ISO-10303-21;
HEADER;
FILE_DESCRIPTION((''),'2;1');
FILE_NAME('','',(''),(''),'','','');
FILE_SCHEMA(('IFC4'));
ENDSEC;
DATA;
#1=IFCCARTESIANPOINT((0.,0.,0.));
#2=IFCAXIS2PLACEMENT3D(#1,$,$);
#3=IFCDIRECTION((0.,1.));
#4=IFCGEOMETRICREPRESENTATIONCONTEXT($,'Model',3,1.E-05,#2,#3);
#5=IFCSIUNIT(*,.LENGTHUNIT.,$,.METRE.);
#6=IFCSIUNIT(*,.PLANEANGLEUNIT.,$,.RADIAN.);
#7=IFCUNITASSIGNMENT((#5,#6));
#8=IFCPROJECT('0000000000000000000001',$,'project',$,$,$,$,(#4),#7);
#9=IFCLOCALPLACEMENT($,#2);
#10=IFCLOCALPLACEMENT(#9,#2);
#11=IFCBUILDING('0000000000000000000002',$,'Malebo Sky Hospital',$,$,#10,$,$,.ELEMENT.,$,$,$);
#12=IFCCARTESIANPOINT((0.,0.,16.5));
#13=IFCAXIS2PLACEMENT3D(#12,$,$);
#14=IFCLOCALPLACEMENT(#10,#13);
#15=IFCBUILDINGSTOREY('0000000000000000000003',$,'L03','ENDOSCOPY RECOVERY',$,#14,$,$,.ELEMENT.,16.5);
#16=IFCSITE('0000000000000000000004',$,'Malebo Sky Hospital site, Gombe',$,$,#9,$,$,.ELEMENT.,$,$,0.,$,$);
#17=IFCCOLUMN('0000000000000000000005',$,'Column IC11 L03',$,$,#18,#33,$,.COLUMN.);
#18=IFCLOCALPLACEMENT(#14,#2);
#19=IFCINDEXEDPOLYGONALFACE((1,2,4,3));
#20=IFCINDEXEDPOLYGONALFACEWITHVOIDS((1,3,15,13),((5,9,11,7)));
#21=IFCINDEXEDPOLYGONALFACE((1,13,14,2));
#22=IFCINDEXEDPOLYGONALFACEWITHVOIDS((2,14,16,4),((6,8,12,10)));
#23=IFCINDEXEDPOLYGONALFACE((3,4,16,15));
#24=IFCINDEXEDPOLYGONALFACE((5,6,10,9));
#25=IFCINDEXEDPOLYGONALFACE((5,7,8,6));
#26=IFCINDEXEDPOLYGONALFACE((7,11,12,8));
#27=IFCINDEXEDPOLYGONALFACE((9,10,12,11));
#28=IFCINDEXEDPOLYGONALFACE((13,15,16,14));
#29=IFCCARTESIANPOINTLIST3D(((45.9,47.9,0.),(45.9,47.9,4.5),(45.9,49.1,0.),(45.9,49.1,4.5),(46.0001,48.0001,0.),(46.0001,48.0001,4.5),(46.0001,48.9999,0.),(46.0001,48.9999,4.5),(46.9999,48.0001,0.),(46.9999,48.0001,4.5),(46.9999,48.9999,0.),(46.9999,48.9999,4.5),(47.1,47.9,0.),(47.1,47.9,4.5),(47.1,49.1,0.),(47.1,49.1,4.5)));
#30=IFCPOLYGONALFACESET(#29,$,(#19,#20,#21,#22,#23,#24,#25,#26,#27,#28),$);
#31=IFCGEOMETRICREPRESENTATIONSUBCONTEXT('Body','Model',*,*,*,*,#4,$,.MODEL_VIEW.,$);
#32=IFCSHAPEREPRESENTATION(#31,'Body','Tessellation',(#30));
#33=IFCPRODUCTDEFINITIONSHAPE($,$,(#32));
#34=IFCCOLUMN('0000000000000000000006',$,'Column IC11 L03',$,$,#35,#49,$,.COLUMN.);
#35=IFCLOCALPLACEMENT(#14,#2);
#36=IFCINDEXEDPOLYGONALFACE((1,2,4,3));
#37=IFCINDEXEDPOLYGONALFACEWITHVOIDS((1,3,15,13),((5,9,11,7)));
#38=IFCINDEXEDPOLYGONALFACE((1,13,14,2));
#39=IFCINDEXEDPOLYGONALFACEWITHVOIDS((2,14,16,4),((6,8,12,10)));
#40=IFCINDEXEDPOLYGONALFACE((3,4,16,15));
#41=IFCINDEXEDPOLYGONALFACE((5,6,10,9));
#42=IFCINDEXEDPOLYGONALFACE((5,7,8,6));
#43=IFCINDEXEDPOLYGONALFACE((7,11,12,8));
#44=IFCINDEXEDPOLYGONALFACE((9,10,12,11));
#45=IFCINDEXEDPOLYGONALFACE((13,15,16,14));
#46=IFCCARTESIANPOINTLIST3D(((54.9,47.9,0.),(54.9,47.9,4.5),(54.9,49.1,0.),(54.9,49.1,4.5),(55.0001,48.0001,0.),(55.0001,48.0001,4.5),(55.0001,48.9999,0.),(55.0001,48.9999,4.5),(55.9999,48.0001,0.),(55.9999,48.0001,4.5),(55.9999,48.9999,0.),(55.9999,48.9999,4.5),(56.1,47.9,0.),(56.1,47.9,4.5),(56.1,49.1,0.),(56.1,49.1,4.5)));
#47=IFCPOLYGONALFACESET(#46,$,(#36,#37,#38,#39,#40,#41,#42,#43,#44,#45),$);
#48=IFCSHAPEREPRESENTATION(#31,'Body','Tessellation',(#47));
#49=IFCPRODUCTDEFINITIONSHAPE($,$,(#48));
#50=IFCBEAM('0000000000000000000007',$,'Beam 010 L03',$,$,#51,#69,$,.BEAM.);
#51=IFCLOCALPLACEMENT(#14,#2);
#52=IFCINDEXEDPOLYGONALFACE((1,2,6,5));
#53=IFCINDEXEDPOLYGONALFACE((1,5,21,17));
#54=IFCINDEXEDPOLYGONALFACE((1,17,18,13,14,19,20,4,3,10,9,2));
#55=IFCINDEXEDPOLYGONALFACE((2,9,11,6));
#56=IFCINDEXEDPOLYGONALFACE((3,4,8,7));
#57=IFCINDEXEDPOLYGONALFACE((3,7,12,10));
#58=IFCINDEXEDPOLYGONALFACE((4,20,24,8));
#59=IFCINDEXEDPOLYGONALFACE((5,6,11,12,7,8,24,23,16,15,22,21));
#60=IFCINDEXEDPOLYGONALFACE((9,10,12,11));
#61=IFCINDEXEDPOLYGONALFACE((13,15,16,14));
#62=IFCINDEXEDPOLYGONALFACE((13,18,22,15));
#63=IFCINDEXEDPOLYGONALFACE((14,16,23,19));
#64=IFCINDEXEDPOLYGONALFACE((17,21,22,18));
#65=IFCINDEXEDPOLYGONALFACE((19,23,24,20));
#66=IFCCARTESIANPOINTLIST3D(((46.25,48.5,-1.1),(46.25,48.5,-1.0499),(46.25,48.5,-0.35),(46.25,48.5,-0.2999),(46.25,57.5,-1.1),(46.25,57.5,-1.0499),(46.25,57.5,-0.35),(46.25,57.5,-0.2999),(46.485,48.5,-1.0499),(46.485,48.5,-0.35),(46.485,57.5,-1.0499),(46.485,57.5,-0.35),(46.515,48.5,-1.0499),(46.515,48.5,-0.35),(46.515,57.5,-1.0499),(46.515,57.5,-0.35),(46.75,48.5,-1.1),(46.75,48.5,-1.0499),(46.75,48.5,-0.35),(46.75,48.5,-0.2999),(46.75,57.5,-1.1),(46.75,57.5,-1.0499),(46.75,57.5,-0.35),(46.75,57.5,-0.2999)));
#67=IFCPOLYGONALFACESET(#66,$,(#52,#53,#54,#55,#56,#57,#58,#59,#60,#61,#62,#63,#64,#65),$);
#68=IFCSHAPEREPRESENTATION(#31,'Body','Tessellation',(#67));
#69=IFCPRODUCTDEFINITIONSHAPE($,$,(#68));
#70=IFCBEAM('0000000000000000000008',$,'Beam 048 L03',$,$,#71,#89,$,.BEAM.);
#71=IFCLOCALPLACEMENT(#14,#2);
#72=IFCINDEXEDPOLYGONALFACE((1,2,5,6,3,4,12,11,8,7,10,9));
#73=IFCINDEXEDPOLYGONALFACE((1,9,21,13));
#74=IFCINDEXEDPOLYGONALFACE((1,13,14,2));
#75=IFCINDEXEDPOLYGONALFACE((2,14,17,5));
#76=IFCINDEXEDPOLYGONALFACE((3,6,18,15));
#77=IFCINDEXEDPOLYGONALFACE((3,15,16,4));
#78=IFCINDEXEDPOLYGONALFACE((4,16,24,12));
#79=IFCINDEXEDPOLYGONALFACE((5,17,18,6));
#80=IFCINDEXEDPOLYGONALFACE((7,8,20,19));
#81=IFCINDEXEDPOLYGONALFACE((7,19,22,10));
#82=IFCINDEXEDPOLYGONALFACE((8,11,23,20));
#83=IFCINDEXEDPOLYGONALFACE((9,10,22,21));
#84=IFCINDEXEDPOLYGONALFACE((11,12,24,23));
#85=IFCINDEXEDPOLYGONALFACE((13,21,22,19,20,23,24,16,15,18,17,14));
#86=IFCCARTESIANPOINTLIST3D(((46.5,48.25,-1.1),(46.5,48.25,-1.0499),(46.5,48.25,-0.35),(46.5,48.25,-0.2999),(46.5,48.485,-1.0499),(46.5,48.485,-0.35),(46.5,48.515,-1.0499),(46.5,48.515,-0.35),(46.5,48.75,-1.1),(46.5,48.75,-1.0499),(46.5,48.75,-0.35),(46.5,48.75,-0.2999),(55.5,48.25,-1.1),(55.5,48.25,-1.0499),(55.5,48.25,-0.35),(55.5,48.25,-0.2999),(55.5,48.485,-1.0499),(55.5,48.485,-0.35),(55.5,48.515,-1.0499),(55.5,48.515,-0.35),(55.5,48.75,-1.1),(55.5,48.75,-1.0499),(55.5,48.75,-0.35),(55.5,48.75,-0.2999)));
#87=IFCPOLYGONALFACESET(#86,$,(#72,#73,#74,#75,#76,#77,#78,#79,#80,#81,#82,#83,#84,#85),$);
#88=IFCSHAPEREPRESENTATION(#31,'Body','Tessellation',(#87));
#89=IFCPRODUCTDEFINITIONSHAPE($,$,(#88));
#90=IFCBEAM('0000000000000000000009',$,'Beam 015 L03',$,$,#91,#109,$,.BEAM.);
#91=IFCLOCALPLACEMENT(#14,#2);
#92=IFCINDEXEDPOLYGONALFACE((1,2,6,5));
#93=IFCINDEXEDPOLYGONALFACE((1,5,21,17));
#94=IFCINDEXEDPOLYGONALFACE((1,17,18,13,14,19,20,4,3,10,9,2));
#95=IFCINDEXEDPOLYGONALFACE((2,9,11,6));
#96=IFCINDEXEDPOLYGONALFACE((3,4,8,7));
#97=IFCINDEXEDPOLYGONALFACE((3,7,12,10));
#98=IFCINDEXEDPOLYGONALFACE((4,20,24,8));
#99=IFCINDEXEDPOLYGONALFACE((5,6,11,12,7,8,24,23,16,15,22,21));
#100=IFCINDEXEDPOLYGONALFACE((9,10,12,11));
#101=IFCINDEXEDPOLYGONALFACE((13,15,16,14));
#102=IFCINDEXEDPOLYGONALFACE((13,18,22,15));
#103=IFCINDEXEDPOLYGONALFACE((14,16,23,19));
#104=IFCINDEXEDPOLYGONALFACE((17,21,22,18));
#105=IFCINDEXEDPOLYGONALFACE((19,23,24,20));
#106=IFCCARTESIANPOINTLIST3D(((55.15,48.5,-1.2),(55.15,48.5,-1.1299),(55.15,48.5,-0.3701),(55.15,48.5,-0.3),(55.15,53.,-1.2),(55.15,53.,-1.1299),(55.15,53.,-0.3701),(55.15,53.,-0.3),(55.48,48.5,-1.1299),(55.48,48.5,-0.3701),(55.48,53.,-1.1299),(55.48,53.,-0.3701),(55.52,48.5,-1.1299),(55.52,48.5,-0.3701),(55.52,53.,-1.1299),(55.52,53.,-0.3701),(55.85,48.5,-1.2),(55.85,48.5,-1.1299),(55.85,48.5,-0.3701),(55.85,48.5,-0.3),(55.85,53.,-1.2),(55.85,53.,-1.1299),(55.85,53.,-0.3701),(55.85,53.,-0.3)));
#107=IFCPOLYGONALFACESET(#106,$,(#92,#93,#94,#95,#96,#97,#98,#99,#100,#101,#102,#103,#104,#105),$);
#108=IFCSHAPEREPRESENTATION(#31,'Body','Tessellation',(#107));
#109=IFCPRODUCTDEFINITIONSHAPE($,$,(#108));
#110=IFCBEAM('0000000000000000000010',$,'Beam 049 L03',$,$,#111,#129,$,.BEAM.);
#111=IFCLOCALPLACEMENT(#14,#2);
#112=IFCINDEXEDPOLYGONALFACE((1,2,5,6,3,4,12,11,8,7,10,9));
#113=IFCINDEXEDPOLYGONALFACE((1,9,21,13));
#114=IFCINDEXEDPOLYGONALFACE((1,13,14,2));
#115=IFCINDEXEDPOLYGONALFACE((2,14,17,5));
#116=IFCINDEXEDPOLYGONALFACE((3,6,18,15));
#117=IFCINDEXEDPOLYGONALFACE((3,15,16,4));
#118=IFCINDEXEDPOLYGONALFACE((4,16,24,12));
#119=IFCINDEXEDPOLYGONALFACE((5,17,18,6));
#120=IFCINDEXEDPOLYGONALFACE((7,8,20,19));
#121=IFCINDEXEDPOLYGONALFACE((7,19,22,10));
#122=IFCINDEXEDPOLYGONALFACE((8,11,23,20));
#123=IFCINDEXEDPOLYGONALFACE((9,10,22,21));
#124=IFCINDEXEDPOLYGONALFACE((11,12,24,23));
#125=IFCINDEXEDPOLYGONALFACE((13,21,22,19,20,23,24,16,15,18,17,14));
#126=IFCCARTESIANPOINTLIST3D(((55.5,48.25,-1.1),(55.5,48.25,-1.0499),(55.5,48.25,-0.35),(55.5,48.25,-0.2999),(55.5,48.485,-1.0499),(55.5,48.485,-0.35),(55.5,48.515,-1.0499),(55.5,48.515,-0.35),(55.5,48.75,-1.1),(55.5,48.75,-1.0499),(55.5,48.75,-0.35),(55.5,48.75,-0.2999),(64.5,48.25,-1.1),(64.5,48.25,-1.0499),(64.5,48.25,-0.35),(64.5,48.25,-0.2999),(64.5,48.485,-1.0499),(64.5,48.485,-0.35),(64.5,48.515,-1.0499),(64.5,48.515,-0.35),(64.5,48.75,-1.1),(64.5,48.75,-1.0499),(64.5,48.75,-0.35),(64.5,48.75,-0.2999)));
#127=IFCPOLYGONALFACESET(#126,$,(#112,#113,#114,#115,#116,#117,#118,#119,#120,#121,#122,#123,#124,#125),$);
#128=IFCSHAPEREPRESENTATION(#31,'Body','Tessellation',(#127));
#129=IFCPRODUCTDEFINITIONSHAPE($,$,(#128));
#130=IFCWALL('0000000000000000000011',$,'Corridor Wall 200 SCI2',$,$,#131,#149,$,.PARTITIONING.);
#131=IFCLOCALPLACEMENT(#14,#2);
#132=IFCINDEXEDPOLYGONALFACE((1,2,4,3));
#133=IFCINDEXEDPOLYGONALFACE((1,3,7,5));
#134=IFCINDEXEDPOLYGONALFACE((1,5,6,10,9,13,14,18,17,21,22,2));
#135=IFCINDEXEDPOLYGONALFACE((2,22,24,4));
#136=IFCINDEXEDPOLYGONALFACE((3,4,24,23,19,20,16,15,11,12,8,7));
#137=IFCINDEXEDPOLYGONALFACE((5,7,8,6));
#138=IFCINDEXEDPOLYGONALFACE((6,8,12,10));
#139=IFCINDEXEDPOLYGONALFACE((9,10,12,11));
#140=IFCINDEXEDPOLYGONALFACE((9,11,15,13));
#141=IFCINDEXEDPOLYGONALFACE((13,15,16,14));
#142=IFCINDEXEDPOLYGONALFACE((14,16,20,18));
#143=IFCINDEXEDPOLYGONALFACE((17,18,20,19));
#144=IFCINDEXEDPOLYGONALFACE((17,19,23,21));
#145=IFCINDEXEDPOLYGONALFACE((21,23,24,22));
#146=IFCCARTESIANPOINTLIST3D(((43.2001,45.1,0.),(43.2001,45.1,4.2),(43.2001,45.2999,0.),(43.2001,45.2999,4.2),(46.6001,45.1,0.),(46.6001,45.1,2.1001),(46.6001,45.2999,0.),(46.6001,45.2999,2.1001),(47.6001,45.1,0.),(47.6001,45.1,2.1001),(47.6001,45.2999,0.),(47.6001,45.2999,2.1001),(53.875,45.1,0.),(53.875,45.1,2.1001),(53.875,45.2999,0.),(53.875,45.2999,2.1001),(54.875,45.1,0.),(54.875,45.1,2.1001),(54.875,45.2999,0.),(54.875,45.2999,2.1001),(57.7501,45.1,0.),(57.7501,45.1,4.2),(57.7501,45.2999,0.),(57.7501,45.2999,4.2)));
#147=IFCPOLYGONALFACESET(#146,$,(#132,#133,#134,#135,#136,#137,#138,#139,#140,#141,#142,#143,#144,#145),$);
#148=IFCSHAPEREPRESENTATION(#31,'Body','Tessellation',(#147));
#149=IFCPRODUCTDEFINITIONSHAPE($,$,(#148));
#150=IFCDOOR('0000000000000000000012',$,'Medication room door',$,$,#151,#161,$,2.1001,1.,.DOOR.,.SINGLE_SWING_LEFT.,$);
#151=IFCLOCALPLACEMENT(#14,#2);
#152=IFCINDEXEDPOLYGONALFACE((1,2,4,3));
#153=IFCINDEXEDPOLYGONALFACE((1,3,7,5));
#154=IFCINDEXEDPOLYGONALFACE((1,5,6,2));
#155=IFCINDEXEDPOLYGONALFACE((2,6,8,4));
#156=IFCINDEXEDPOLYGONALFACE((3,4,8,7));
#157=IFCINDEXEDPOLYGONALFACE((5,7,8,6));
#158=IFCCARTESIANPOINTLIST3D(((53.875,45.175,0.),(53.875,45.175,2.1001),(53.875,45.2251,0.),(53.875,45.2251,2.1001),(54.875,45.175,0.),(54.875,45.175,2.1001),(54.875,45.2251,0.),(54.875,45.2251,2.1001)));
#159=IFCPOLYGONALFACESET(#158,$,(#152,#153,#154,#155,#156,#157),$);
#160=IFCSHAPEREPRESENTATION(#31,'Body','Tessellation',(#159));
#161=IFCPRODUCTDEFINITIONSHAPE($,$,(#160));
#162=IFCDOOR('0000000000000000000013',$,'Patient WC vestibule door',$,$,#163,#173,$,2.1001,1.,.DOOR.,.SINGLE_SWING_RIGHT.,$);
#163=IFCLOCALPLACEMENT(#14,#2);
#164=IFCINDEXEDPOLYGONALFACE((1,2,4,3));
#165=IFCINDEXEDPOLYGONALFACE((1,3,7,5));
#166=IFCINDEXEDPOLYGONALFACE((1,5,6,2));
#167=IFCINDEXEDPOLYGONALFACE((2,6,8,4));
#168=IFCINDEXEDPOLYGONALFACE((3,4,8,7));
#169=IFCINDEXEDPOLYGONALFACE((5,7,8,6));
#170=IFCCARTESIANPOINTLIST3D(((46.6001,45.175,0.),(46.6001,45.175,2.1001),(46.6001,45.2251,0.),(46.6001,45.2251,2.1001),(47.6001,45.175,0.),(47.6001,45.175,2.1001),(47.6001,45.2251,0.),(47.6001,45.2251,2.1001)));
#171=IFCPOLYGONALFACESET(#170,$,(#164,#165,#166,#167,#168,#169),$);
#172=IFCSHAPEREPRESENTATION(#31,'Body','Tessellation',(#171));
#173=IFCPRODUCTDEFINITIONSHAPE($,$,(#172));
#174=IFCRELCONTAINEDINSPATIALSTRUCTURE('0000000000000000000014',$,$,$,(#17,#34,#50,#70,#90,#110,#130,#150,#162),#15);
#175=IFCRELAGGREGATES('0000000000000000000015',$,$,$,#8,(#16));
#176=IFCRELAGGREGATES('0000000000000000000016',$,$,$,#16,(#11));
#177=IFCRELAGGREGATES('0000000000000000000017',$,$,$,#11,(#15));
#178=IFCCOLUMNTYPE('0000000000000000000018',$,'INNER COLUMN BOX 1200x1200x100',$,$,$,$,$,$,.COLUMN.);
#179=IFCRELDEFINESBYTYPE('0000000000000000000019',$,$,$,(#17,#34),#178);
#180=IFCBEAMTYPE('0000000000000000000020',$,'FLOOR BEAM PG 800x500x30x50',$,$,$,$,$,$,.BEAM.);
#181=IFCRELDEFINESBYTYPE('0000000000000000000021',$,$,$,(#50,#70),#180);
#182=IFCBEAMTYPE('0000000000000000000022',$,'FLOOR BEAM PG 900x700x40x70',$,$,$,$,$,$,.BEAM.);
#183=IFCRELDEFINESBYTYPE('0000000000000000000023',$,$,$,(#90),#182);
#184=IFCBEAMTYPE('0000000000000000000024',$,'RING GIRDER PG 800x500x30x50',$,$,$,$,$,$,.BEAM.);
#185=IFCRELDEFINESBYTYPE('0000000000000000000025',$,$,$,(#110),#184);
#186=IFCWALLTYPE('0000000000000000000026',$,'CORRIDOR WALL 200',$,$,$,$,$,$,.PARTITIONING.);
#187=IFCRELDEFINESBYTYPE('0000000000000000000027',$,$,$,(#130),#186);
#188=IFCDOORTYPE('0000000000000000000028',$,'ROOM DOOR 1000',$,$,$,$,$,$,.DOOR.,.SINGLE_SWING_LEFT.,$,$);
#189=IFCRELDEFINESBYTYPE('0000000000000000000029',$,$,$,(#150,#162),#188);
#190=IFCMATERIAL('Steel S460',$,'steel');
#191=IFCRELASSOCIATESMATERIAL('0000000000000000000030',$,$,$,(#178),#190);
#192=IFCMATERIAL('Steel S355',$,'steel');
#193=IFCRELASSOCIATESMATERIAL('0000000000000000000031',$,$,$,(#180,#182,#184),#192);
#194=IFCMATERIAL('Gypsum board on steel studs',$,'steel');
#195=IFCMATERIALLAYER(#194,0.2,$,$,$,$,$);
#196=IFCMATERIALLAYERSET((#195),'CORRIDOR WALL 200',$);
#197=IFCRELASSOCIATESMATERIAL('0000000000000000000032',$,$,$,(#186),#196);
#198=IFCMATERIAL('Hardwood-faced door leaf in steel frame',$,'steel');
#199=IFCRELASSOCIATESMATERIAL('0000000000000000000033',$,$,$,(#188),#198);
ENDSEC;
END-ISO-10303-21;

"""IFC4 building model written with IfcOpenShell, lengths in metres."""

from ifc_helpers import new_model, si_unit, direction, frame, frame_2d, origin, origin_2d, place, context, subcontext, project, spatial, rectangle, hollow_rectangle, i_section, extrude, material, layer, layer_set, material_profile, profile_set, type_object, element, fill, save


model = new_model("IFC4")

# Units and contexts
model_context = context("Model", 3, precision=1e-05, world=origin(), true_north=direction((0.0, 1.0)))
body_context = subcontext(model_context, "Body", "Model", "MODEL_VIEW")
ifc_project = project(units=[si_unit("LENGTHUNIT", "METRE"), si_unit("PLANEANGLEUNIT", "RADIAN")], contexts=[model_context])

# Site, building, storey
site_placement = place(None, origin())
site = spatial("IfcSite", under=ifc_project, at=site_placement, Name="Malebo Sky Hospital site, Gombe", CompositionType="ELEMENT", RefElevation=0.0)
building_placement = place(site_placement, origin())
building = spatial("IfcBuilding", under=site, at=building_placement, Name="Malebo Sky Hospital", CompositionType="ELEMENT")
storey_placement = place(building_placement, frame((0.0, 0.0, 16.5)))
storey = spatial("IfcBuildingStorey", under=building, at=storey_placement, Name="L03", Description="ENDOSCOPY RECOVERY", CompositionType="ELEMENT", Elevation=16.5)

# Columns
ifc_material_1 = material(Name="Steel S460", Category="steel")
ifc_material_profile_1 = material_profile(ifc_material_1, hollow_rectangle(XDim=1.2, YDim=1.2, WallThickness=0.1001, at=origin_2d()), Name="BOX 1200x1200x100")
ifc_profile_set_1 = profile_set([ifc_material_profile_1], Name="Steel S460")
column_type = type_object("IfcColumnType", Name="INNER COLUMN BOX 1200x1200x100", PredefinedType="COLUMN", material=ifc_profile_set_1)
for number, where, z_axis, x_axis, name in (
    (1, (46.5, 48.5, 0.0), (0.0, 0.0, 1.0), (1.0, 0.0, 0.0), "Column IC11 L03"),
    (2, (55.5, 48.5, 0.0), (0.0, 0.0, 1.0), (1.0, 0.0, 0.0), "Column IC11 L03"),
):
    element("IfcColumn", number, at=place(storey_placement, frame(where, z_axis=z_axis, x_axis=x_axis)), inside=storey, type_object=column_type, Name=name, PredefinedType="COLUMN", context=body_context, shape_type="SweptSolid", body=[
        extrude(hollow_rectangle(XDim=1.2, YDim=1.2, WallThickness=0.1001, at=origin_2d()), origin(), (0.0, 0.0, 1.0), 4.5),
    ])

# Beams
ifc_material_2 = material(Name="Steel S355", Category="steel")
ifc_material_profile_2 = material_profile(ifc_material_2, i_section(OverallWidth=0.5, OverallDepth=0.8, WebThickness=0.03, FlangeThickness=0.05, at=origin_2d()), Name="PG 800x500x30x50")
ifc_profile_set_2 = profile_set([ifc_material_profile_2], Name="Steel S355")
beam_type_1 = type_object("IfcBeamType", Name="FLOOR BEAM PG 800x500x30x50", PredefinedType="BEAM", material=ifc_profile_set_2)
for number, where, z_axis, x_axis, name in (
    (3, (46.5, 48.5, -0.7), (0.0, 1.0, 0.0), (-1.0, 0.0, 0.0), "Beam 010 L03"),
    (4, (46.5, 48.5, -0.7), (1.0, 0.0, 0.0), (0.0, 1.0, 0.0), "Beam 048 L03"),
):
    element("IfcBeam", number, at=place(storey_placement, frame(where, z_axis=z_axis, x_axis=x_axis)), inside=storey, type_object=beam_type_1, Name=name, PredefinedType="BEAM", context=body_context, shape_type="SweptSolid", body=[
        extrude(i_section(OverallWidth=0.5, OverallDepth=0.8, WebThickness=0.03, FlangeThickness=0.05, at=origin_2d()), origin(), (0.0, 0.0, 1.0), 9.0),
    ])
ifc_material_profile_3 = material_profile(ifc_material_2, i_section(OverallWidth=0.7, OverallDepth=0.8999, WebThickness=0.04, FlangeThickness=0.0701, at=origin_2d()), Name="PG 900x700x40x70")
ifc_profile_set_3 = profile_set([ifc_material_profile_3], Name="Steel S355")
beam_type_2 = type_object("IfcBeamType", Name="FLOOR BEAM PG 900x700x40x70", PredefinedType="BEAM", material=ifc_profile_set_3)
beam_1_placement = place(storey_placement, frame((55.5, 48.5, -0.75), z_axis=(0.0, 1.0, 0.0), x_axis=(-1.0, 0.0, 0.0)))
element("IfcBeam", 5, at=beam_1_placement, inside=storey, type_object=beam_type_2, Name="Beam 015 L03", PredefinedType="BEAM", context=body_context, shape_type="SweptSolid", body=[
    extrude(i_section(OverallWidth=0.7, OverallDepth=0.8999, WebThickness=0.04, FlangeThickness=0.0701, at=origin_2d()), origin(), (0.0, 0.0, 1.0), 4.5),
])
ifc_material_profile_4 = material_profile(ifc_material_2, i_section(OverallWidth=0.5, OverallDepth=0.8, WebThickness=0.03, FlangeThickness=0.05, at=origin_2d()), Name="PG 800x500x30x50")
ifc_profile_set_4 = profile_set([ifc_material_profile_4], Name="Steel S355")
beam_type_3 = type_object("IfcBeamType", Name="RING GIRDER PG 800x500x30x50", PredefinedType="BEAM", material=ifc_profile_set_4)
beam_2_placement = place(storey_placement, frame((55.5, 48.5, -0.7), z_axis=(1.0, 0.0, 0.0), x_axis=(0.0, 1.0, 0.0)))
element("IfcBeam", 6, at=beam_2_placement, inside=storey, type_object=beam_type_3, Name="Beam 049 L03", PredefinedType="BEAM", context=body_context, shape_type="SweptSolid", body=[
    extrude(i_section(OverallWidth=0.5, OverallDepth=0.8, WebThickness=0.03, FlangeThickness=0.05, at=origin_2d()), origin(), (0.0, 0.0, 1.0), 9.0),
])

# Wall, openings, doors
ifc_material_3 = material(Name="Gypsum board on steel studs", Category="steel")
ifc_layer_1 = layer(ifc_material_3, 0.2)
ifc_layer_set_1 = layer_set([ifc_layer_1], Name="CORRIDOR WALL 200")
wall_type_1 = type_object("IfcWallType", Name="CORRIDOR WALL 200", PredefinedType="PARTITIONING", material=ifc_layer_set_1)
wall_1_placement = place(storey_placement, frame((57.75, 45.2, 0.0), z_axis=(0.0, 0.0, 1.0), x_axis=(-1.0, 0.0, 0.0)))
wall_1 = element("IfcWall", 7, at=wall_1_placement, inside=storey, type_object=wall_type_1, Name="Corridor Wall 200 SCI2", PredefinedType="PARTITIONING", context=body_context, shape_type="SweptSolid", body=[
    extrude(rectangle(XDim=14.55, YDim=0.2, at=frame_2d((7.2749, 0.0))), origin(), (0.0, 0.0, 1.0), 4.2),
])
opening_1_placement = place(wall_1_placement, frame((2.875, 0.0, 0.0)))
opening_1 = element("IfcOpeningElement", 8, at=opening_1_placement, cuts=wall_1, PredefinedType="OPENING", context=body_context, shape_type="SweptSolid", body=[
    extrude(rectangle(XDim=1.0, YDim=2.1001, at=frame_2d((0.5, 1.05))), frame((0.0, 0.1099, 0.0), z_axis=(0.0, -1.0, 0.0), x_axis=(1.0, 0.0, 0.0)), (0.0, 0.0, 1.0), 0.22),
])
opening_2_placement = place(wall_1_placement, frame((10.1499, 0.0, 0.0)))
opening_2 = element("IfcOpeningElement", 9, at=opening_2_placement, cuts=wall_1, PredefinedType="OPENING", context=body_context, shape_type="SweptSolid", body=[
    extrude(rectangle(XDim=1.0, YDim=2.1001, at=frame_2d((0.5, 1.05))), frame((0.0, 0.1099, 0.0), z_axis=(0.0, -1.0, 0.0), x_axis=(1.0, 0.0, 0.0)), (0.0, 0.0, 1.0), 0.22),
])
ifc_material_4 = material(Name="Hardwood-faced door leaf in steel frame", Category="steel")
door_type_1 = type_object("IfcDoorType", Name="ROOM DOOR 1000", OperationType="SINGLE_SWING_LEFT", PredefinedType="DOOR", material=ifc_material_4)
door_1_placement = place(opening_1_placement, origin())
door_1 = element("IfcDoor", 10, at=door_1_placement, inside=storey, type_object=door_type_1, Name="Medication room door", OperationType="SINGLE_SWING_LEFT", OverallHeight=2.1001, OverallWidth=1.0, PredefinedType="DOOR", context=body_context, shape_type="SweptSolid", body=[
    extrude(rectangle(XDim=1.0, YDim=2.1001, at=frame_2d((0.5, 1.05))), frame((0.0, 0.0249, 0.0), z_axis=(0.0, -1.0, 0.0), x_axis=(1.0, 0.0, 0.0)), (0.0, 0.0, 1.0), 0.05),
])
fill(opening_1, door_1)
door_2_placement = place(opening_2_placement, origin())
door_2 = element("IfcDoor", 11, at=door_2_placement, inside=storey, type_object=door_type_1, Name="Patient WC vestibule door", OperationType="SINGLE_SWING_RIGHT", OverallHeight=2.1001, OverallWidth=1.0, PredefinedType="DOOR", context=body_context, shape_type="SweptSolid", body=[
    extrude(rectangle(XDim=1.0, YDim=2.1001, at=frame_2d((0.5, 1.05))), frame((0.0, 0.0249, 0.0), z_axis=(0.0, -1.0, 0.0), x_axis=(1.0, 0.0, 0.0)), (0.0, 0.0, 1.0), 0.05),
])
fill(opening_2, door_2)

save(model, "model.ifc")
